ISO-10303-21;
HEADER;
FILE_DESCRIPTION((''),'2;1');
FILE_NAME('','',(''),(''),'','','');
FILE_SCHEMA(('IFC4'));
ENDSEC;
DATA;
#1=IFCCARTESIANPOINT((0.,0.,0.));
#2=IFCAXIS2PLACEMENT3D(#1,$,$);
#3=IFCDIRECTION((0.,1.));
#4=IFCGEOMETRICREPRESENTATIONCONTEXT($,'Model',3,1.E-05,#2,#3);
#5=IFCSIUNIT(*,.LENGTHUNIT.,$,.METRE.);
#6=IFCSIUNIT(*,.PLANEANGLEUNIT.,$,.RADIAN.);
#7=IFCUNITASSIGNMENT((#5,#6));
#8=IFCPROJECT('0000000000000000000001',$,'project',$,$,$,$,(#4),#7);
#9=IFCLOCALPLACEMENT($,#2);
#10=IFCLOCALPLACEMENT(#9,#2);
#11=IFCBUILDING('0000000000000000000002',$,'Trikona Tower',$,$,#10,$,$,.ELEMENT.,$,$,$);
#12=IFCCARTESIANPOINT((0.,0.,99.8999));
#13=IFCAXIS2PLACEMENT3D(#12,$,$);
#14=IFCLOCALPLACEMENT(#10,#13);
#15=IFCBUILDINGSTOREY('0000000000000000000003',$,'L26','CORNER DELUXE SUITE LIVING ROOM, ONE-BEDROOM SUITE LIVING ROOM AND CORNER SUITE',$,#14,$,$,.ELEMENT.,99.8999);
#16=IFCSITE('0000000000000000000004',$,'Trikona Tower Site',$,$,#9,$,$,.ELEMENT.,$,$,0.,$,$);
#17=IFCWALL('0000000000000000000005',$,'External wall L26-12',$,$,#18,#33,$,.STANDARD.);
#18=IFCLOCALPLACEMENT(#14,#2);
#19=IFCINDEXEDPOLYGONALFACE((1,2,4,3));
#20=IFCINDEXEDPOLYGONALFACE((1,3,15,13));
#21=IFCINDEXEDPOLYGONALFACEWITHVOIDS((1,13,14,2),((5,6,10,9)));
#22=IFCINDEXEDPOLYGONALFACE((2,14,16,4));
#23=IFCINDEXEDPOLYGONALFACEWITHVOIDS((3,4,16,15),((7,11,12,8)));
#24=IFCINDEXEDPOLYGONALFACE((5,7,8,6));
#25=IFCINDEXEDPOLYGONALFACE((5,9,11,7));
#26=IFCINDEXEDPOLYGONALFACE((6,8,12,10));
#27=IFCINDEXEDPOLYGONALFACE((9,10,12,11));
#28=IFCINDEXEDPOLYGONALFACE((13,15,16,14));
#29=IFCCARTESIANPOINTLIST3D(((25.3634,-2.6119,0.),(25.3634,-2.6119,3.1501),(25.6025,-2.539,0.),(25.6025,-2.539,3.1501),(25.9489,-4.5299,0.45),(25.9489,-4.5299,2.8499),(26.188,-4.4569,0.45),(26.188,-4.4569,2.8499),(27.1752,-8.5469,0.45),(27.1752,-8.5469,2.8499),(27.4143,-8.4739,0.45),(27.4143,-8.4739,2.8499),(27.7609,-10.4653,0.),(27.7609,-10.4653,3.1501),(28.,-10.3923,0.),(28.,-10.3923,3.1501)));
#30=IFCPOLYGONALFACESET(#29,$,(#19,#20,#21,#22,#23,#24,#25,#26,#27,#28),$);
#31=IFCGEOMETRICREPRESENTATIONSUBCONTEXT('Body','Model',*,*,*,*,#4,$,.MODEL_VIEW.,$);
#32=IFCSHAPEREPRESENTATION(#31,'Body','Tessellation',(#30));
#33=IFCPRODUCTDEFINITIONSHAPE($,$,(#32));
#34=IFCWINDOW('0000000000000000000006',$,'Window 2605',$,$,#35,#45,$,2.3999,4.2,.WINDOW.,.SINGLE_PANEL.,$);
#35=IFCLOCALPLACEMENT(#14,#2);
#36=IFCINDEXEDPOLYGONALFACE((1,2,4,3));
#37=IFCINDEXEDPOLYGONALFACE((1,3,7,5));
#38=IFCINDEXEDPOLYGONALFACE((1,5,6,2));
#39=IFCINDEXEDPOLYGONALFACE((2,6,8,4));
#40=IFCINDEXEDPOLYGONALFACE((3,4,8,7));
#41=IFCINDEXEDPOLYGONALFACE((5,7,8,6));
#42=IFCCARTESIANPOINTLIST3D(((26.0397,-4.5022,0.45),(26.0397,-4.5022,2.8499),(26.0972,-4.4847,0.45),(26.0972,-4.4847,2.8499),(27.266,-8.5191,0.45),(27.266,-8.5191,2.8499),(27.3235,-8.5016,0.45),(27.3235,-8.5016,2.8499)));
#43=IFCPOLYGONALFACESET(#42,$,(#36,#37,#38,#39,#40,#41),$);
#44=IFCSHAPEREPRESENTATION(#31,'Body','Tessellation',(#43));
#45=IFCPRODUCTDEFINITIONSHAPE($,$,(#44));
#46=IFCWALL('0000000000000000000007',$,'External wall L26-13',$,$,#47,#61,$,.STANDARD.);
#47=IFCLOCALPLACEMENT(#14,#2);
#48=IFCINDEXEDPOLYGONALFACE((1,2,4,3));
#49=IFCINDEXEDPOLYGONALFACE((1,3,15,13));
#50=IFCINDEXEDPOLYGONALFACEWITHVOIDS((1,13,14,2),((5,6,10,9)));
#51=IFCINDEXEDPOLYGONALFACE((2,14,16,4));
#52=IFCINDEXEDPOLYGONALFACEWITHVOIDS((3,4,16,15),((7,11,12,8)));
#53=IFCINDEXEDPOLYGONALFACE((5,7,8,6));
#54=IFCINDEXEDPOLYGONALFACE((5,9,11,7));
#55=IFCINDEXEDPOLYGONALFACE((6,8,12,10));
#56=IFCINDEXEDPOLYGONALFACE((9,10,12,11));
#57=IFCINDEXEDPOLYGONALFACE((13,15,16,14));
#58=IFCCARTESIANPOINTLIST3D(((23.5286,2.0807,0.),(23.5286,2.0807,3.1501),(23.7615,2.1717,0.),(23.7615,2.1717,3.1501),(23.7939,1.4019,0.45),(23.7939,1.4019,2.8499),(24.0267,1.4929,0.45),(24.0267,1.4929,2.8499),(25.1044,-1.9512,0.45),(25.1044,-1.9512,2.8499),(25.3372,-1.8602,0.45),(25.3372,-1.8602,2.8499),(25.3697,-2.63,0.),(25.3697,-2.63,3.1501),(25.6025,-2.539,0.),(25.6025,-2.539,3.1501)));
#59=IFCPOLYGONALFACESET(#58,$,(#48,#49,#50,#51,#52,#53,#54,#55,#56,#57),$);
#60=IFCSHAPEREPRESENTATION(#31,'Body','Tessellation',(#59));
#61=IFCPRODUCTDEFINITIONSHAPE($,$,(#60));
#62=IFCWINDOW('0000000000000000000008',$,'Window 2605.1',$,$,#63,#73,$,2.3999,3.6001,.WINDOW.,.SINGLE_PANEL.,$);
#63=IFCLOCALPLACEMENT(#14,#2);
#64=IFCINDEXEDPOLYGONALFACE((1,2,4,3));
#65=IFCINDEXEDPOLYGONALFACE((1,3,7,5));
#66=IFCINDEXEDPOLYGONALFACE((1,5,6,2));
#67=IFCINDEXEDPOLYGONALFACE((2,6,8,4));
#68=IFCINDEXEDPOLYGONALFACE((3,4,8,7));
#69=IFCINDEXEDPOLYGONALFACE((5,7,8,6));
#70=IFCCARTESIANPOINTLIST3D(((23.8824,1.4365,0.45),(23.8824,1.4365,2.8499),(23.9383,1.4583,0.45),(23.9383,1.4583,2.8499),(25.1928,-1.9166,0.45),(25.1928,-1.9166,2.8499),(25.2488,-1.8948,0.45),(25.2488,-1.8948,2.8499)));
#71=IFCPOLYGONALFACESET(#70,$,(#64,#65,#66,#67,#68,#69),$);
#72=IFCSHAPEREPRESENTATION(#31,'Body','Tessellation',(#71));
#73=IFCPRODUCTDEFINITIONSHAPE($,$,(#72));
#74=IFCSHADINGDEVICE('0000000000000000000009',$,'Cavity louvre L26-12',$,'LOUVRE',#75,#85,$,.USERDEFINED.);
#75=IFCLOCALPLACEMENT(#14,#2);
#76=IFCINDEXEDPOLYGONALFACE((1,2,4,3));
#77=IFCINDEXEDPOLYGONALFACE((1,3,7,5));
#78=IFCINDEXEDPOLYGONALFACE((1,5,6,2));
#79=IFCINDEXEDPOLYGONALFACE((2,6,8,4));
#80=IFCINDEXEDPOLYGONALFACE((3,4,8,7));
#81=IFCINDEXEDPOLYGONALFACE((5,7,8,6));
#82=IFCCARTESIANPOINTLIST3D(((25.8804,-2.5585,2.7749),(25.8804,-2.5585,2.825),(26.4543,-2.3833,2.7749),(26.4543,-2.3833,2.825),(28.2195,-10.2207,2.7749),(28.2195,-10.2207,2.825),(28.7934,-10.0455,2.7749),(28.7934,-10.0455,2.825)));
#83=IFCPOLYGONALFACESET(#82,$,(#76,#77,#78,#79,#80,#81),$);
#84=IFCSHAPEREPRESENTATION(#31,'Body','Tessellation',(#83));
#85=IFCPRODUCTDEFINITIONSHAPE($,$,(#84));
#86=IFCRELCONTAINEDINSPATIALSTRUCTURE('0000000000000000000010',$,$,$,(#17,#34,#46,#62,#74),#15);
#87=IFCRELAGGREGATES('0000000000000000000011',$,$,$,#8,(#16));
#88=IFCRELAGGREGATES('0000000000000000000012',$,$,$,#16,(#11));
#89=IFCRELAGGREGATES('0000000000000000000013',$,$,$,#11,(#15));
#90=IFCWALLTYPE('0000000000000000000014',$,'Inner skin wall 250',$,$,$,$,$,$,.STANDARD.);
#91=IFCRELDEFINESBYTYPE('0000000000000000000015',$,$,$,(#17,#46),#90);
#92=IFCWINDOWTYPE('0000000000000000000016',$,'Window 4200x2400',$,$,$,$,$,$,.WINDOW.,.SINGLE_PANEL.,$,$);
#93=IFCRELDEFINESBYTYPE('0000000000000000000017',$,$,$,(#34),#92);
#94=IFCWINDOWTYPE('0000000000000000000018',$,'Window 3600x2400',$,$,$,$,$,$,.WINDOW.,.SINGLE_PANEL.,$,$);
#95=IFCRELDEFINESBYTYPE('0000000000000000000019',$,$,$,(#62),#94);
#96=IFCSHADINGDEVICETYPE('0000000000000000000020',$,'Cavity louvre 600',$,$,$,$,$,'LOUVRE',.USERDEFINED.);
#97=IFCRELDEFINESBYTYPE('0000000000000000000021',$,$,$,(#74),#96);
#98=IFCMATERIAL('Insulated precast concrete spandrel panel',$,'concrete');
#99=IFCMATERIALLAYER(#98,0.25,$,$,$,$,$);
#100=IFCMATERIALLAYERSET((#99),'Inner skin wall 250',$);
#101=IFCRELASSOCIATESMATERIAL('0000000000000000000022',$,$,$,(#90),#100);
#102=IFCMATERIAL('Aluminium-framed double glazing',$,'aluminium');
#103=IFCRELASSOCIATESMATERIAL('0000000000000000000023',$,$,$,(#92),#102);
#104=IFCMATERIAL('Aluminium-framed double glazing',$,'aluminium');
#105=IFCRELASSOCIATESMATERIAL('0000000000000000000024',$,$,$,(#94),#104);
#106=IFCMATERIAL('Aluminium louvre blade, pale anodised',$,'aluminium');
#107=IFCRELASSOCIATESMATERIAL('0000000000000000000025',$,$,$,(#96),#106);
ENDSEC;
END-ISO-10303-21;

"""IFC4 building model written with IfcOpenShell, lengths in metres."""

from ifc_helpers import new_model, si_unit, direction, frame, frame_2d, origin, origin_2d, place, context, subcontext, project, spatial, rectangle, extrude, material, layer, layer_set, type_object, element, fill, save


model = new_model("IFC4")

# Units and contexts
model_context = context("Model", 3, precision=1e-05, world=origin(), true_north=direction((0.0, 1.0)))
body_context = subcontext(model_context, "Body", "Model", "MODEL_VIEW")
ifc_project = project(units=[si_unit("LENGTHUNIT", "METRE"), si_unit("PLANEANGLEUNIT", "RADIAN")], contexts=[model_context])

# Site, building, storey
site_placement = place(None, origin())
site = spatial("IfcSite", under=ifc_project, at=site_placement, Name="Trikona Tower Site", CompositionType="ELEMENT", RefElevation=0.0)
building_placement = place(site_placement, origin())
building = spatial("IfcBuilding", under=site, at=building_placement, Name="Trikona Tower", CompositionType="ELEMENT")
storey_placement = place(building_placement, frame((0.0, 0.0, 99.8999)))
storey = spatial("IfcBuildingStorey", under=building, at=storey_placement, Name="L26", Description="CORNER DELUXE SUITE LIVING ROOM, ONE-BEDROOM SUITE LIVING ROOM AND CORNER SUITE", CompositionType="ELEMENT", Elevation=99.8999)

# Walls, openings, windows
ifc_material_1 = material(Name="Insulated precast concrete spandrel panel", Category="concrete")
ifc_layer_1 = layer(ifc_material_1, 0.25)
ifc_layer_set_1 = layer_set([ifc_layer_1], Name="Inner skin wall 250")
wall_type = type_object("IfcWallType", Name="Inner skin wall 250", PredefinedType="STANDARD", material=ifc_layer_set_1)
wall_1_placement = place(storey_placement, frame((27.8804, -10.4287, 0.0), z_axis=(0.0, 0.0, 1.0), x_axis=(-0.291979, 0.956425, 0.0)))
wall_1 = element("IfcWall", 1, at=wall_1_placement, inside=storey, type_object=wall_type, Name="External wall L26-12", PredefinedType="STANDARD", context=body_context, shape_type="SweptSolid", body=[
    extrude(rectangle(XDim=8.2112, YDim=0.25, at=frame_2d((4.1055, 0.0))), origin(), (0.0, 0.0, 1.0), 3.1501),
])
opening_1_placement = place(wall_1_placement, frame((2.0056, 0.0, 0.45)))
opening_1 = element("IfcOpeningElement", 2, at=opening_1_placement, cuts=wall_1, PredefinedType="OPENING", context=body_context, shape_type="SweptSolid", body=[
    extrude(rectangle(XDim=4.2, YDim=2.3999, at=frame_2d((2.1001, 1.2))), frame((0.0, 0.135, 0.0), z_axis=(0.0, -1.0, 0.0), x_axis=(1.0, 0.0, 0.0)), (0.0, 0.0, 1.0), 0.27),
])
ifc_material_2 = material(Name="Aluminium-framed double glazing", Category="aluminium")
window_type_1 = type_object("IfcWindowType", Name="Window 4200x2400", PartitioningType="SINGLE_PANEL", PredefinedType="WINDOW", material=ifc_material_2)
window_1_placement = place(opening_1_placement, origin())
window_1 = element("IfcWindow", 3, at=window_1_placement, inside=storey, type_object=window_type_1, Name="Window 2605", OverallHeight=2.3999, OverallWidth=4.2, PartitioningType="SINGLE_PANEL", PredefinedType="WINDOW", context=body_context, shape_type="SweptSolid", body=[
    extrude(rectangle(XDim=4.2, YDim=2.3999, at=frame_2d((2.1001, 1.2))), frame((0.0, 0.03, 0.0), z_axis=(0.0, -1.0, 0.0), x_axis=(1.0, 0.0, 0.0)), (0.0, 0.0, 1.0), 0.0601),
])
fill(opening_1, window_1)
wall_2_placement = place(storey_placement, frame((25.4861, -2.5845, 0.0), z_axis=(0.0, 0.0, 1.0), x_axis=(-0.364013, 0.931394, 0.0)))
wall_2 = element("IfcWall", 4, at=wall_2_placement, inside=storey, type_object=wall_type, Name="External wall L26-13", PredefinedType="STANDARD", context=body_context, shape_type="SweptSolid", body=[
    extrude(rectangle(XDim=5.0576, YDim=0.25, at=frame_2d((2.5288, 0.0))), origin(), (0.0, 0.0, 1.0), 3.1501),
])
opening_2_placement = place(wall_2_placement, frame((0.7288, 0.0, 0.45)))
opening_2 = element("IfcOpeningElement", 5, at=opening_2_placement, cuts=wall_2, PredefinedType="OPENING", context=body_context, shape_type="SweptSolid", body=[
    extrude(rectangle(XDim=3.6001, YDim=2.3999, at=frame_2d((1.8, 1.2))), frame((0.0, 0.135, 0.0), z_axis=(0.0, -1.0, 0.0), x_axis=(1.0, 0.0, 0.0)), (0.0, 0.0, 1.0), 0.27),
])
ifc_material_3 = material(Name="Aluminium-framed double glazing", Category="aluminium")
window_type_2 = type_object("IfcWindowType", Name="Window 3600x2400", PartitioningType="SINGLE_PANEL", PredefinedType="WINDOW", material=ifc_material_3)
window_2_placement = place(opening_2_placement, origin())
window_2 = element("IfcWindow", 6, at=window_2_placement, inside=storey, type_object=window_type_2, Name="Window 2605.1", OverallHeight=2.3999, OverallWidth=3.6001, PartitioningType="SINGLE_PANEL", PredefinedType="WINDOW", context=body_context, shape_type="SweptSolid", body=[
    extrude(rectangle(XDim=3.6001, YDim=2.3999, at=frame_2d((1.8, 1.2))), frame((0.0, 0.03, 0.0), z_axis=(0.0, -1.0, 0.0), x_axis=(1.0, 0.0, 0.0)), (0.0, 0.0, 1.0), 0.0601),
])
fill(opening_2, window_2)

# Shading device
ifc_material_4 = material(Name="Aluminium louvre blade, pale anodised", Category="aluminium")
shading_device_type = type_object("IfcShadingDeviceType", Name="Cavity louvre 600", ElementType="LOUVRE", PredefinedType="USERDEFINED", material=ifc_material_4)
shading_device_placement = place(storey_placement, frame((27.3369, -6.302, 2.7749), z_axis=(0.0, 0.0, 1.0), x_axis=(-0.291979, 0.956425, 0.0)))
element("IfcShadingDevice", 7, at=shading_device_placement, inside=storey, type_object=shading_device_type, Name="Cavity louvre L26-12", ObjectType="LOUVRE", PredefinedType="USERDEFINED", context=body_context, shape_type="SweptSolid", body=[
    extrude(rectangle(XDim=8.0112, YDim=0.6001, at=origin_2d()), origin(), (0.0, 0.0, 1.0), 0.05),
])

save(model, "model.ifc")
